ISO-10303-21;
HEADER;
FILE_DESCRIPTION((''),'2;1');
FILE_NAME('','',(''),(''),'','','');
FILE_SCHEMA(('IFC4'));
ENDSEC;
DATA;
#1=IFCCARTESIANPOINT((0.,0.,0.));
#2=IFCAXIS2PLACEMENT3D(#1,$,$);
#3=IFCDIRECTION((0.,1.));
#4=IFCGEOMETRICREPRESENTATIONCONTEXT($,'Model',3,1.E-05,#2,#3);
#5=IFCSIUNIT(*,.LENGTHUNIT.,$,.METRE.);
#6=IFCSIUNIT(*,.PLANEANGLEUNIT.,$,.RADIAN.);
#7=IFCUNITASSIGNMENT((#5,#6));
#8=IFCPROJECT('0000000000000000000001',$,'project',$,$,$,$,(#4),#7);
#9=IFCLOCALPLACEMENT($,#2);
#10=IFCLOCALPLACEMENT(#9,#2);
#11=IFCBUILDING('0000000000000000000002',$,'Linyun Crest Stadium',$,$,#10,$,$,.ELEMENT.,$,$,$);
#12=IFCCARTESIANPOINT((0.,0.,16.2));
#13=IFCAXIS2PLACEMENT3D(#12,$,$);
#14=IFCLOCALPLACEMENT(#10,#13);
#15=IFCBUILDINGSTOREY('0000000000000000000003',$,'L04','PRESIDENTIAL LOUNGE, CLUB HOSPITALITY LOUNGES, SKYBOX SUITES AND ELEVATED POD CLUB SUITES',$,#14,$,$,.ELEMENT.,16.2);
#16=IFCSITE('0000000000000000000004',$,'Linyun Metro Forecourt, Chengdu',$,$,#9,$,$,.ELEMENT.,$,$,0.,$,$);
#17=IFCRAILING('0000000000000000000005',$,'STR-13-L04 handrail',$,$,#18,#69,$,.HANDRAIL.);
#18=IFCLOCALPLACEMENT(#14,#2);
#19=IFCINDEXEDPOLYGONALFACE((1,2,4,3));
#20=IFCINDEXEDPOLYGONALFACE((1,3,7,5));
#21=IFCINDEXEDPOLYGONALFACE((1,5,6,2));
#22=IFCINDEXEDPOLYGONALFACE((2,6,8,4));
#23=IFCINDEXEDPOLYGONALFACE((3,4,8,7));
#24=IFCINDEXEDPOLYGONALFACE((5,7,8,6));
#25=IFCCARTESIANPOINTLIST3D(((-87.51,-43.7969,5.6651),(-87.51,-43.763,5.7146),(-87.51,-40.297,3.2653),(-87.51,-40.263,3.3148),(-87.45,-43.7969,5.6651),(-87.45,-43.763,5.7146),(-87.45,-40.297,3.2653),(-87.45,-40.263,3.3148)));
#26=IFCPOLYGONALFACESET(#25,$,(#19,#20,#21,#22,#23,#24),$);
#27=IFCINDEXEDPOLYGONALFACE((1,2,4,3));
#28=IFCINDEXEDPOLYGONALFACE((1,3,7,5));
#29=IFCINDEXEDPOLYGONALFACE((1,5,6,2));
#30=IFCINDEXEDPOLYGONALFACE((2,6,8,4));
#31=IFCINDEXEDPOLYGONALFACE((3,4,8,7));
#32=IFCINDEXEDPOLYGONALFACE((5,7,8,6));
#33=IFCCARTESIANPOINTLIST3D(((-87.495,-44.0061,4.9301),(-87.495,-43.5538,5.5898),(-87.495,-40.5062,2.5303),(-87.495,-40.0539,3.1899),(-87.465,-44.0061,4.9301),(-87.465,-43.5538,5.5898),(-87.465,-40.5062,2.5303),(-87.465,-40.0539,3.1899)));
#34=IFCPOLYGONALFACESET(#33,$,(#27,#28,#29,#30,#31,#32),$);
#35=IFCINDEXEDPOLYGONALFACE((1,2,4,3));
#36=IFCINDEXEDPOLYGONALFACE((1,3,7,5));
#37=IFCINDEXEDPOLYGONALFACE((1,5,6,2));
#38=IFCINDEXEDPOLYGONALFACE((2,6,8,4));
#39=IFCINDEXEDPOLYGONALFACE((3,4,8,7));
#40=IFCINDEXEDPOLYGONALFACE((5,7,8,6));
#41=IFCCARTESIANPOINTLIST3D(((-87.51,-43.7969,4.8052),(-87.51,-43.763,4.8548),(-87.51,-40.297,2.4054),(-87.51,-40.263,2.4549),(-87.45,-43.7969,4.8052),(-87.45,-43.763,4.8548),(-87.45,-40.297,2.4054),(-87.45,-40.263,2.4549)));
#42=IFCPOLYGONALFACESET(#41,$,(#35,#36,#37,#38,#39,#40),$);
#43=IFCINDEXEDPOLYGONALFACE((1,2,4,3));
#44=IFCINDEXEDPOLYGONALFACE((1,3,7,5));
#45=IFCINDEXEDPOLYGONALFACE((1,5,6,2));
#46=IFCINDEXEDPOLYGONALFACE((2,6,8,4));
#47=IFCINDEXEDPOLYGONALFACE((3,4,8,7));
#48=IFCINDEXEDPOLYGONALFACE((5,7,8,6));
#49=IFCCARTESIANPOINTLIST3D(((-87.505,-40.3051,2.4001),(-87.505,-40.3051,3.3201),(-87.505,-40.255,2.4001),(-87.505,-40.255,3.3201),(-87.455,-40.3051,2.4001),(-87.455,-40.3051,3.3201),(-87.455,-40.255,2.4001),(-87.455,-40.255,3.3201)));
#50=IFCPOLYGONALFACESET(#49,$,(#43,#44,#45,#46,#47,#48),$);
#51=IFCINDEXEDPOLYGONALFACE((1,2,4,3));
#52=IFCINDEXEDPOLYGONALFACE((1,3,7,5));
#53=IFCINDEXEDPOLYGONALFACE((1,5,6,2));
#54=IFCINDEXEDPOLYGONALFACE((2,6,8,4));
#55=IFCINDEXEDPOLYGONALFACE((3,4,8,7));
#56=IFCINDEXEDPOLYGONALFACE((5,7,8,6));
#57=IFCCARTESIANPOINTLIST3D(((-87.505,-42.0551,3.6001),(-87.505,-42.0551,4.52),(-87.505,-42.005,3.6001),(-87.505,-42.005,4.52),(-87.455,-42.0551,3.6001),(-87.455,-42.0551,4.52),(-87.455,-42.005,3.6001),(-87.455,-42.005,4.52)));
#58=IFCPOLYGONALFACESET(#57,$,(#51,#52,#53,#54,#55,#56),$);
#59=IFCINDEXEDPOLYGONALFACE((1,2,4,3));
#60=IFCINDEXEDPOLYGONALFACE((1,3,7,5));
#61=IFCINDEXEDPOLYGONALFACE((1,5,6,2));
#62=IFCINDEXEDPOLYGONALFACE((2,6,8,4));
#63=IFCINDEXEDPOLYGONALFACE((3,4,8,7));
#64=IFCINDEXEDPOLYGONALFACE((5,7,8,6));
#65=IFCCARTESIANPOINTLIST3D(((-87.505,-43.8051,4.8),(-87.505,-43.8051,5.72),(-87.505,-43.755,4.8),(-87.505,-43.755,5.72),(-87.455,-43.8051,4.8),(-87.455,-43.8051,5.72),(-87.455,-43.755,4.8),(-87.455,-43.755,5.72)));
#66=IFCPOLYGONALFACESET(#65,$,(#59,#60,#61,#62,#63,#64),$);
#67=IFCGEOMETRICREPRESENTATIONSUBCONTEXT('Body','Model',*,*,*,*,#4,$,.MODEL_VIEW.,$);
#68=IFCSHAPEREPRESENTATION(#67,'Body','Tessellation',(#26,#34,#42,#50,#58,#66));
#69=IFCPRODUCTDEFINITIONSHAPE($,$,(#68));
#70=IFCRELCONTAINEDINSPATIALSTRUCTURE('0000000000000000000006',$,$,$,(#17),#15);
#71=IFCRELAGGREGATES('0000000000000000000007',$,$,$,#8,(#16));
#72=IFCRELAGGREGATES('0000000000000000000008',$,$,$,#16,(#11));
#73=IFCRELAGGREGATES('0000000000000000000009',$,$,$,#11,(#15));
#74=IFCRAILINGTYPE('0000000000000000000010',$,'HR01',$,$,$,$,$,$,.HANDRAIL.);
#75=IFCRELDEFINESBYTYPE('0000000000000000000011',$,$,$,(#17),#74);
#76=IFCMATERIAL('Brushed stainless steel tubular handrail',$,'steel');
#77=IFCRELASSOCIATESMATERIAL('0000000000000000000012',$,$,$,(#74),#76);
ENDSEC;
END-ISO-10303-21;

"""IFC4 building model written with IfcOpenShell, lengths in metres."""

from ifc_helpers import new_model, si_unit, direction, frame, origin, origin_2d, place, context, subcontext, project, spatial, rectangle, extrude, material, type_object, element, save


model = new_model("IFC4")

# Units and contexts
model_context = context("Model", 3, precision=1e-05, world=origin(), true_north=direction((0.0, 1.0)))
body_context = subcontext(model_context, "Body", "Model", "MODEL_VIEW")
ifc_project = project(units=[si_unit("LENGTHUNIT", "METRE"), si_unit("PLANEANGLEUNIT", "RADIAN")], contexts=[model_context])

# Site, building, storey
site_placement = place(None, origin())
site = spatial("IfcSite", under=ifc_project, at=site_placement, Name="Linyun Metro Forecourt, Chengdu", CompositionType="ELEMENT", RefElevation=0.0)
building_placement = place(site_placement, origin())
building = spatial("IfcBuilding", under=site, at=building_placement, Name="Linyun Crest Stadium", CompositionType="ELEMENT")
storey_placement = place(building_placement, frame((0.0, 0.0, 16.2)))
storey = spatial("IfcBuildingStorey", under=building, at=storey_placement, Name="L04", Description="PRESIDENTIAL LOUNGE, CLUB HOSPITALITY LOUNGES, SKYBOX SUITES AND ELEVATED POD CLUB SUITES", CompositionType="ELEMENT", Elevation=16.2)

# Railing
ifc_material_1 = material(Name="Brushed stainless steel tubular handrail", Category="steel")
railing_type_1 = type_object("IfcRailingType", Name="HR01", PredefinedType="HANDRAIL", material=ifc_material_1)
railing_1_placement = place(storey_placement, frame((-87.48, -40.28, 2.4001)))
element("IfcRailing", 1, at=railing_1_placement, inside=storey, type_object=railing_type_1, Name="STR-13-L04 handrail", PredefinedType="HANDRAIL", context=body_context, shape_type="SweptSolid", body=[
    extrude(rectangle(XDim=0.0601, YDim=0.0601, at=origin_2d()), frame((0.0, 0.0, 0.8899), z_axis=(0.0, -0.82474, 0.565513), x_axis=(1.0, 0.0, 0.0)), (0.0, 0.0, 1.0), 4.2437),
    extrude(rectangle(XDim=0.03, YDim=0.7998, at=origin_2d()), frame((0.0, 0.0, 0.46), z_axis=(0.0, -0.82474, 0.565513), x_axis=(1.0, 0.0, 0.0)), (0.0, 0.0, 1.0), 4.2437),
    extrude(rectangle(XDim=0.0601, YDim=0.0601, at=origin_2d()), frame((0.0, 0.0, 0.03), z_axis=(0.0, -0.82474, 0.565513), x_axis=(1.0, 0.0, 0.0)), (0.0, 0.0, 1.0), 4.2437),
    extrude(rectangle(XDim=0.05, YDim=0.05, at=origin_2d()), origin(), (0.0, 0.0, 1.0), 0.9199),
    extrude(rectangle(XDim=0.05, YDim=0.05, at=origin_2d()), frame((0.0, -1.75, 1.2)), (0.0, 0.0, 1.0), 0.9199),
    extrude(rectangle(XDim=0.05, YDim=0.05, at=origin_2d()), frame((0.0, -3.5, 2.3999)), (0.0, 0.0, 1.0), 0.9199),
])

save(model, "model.ifc")
